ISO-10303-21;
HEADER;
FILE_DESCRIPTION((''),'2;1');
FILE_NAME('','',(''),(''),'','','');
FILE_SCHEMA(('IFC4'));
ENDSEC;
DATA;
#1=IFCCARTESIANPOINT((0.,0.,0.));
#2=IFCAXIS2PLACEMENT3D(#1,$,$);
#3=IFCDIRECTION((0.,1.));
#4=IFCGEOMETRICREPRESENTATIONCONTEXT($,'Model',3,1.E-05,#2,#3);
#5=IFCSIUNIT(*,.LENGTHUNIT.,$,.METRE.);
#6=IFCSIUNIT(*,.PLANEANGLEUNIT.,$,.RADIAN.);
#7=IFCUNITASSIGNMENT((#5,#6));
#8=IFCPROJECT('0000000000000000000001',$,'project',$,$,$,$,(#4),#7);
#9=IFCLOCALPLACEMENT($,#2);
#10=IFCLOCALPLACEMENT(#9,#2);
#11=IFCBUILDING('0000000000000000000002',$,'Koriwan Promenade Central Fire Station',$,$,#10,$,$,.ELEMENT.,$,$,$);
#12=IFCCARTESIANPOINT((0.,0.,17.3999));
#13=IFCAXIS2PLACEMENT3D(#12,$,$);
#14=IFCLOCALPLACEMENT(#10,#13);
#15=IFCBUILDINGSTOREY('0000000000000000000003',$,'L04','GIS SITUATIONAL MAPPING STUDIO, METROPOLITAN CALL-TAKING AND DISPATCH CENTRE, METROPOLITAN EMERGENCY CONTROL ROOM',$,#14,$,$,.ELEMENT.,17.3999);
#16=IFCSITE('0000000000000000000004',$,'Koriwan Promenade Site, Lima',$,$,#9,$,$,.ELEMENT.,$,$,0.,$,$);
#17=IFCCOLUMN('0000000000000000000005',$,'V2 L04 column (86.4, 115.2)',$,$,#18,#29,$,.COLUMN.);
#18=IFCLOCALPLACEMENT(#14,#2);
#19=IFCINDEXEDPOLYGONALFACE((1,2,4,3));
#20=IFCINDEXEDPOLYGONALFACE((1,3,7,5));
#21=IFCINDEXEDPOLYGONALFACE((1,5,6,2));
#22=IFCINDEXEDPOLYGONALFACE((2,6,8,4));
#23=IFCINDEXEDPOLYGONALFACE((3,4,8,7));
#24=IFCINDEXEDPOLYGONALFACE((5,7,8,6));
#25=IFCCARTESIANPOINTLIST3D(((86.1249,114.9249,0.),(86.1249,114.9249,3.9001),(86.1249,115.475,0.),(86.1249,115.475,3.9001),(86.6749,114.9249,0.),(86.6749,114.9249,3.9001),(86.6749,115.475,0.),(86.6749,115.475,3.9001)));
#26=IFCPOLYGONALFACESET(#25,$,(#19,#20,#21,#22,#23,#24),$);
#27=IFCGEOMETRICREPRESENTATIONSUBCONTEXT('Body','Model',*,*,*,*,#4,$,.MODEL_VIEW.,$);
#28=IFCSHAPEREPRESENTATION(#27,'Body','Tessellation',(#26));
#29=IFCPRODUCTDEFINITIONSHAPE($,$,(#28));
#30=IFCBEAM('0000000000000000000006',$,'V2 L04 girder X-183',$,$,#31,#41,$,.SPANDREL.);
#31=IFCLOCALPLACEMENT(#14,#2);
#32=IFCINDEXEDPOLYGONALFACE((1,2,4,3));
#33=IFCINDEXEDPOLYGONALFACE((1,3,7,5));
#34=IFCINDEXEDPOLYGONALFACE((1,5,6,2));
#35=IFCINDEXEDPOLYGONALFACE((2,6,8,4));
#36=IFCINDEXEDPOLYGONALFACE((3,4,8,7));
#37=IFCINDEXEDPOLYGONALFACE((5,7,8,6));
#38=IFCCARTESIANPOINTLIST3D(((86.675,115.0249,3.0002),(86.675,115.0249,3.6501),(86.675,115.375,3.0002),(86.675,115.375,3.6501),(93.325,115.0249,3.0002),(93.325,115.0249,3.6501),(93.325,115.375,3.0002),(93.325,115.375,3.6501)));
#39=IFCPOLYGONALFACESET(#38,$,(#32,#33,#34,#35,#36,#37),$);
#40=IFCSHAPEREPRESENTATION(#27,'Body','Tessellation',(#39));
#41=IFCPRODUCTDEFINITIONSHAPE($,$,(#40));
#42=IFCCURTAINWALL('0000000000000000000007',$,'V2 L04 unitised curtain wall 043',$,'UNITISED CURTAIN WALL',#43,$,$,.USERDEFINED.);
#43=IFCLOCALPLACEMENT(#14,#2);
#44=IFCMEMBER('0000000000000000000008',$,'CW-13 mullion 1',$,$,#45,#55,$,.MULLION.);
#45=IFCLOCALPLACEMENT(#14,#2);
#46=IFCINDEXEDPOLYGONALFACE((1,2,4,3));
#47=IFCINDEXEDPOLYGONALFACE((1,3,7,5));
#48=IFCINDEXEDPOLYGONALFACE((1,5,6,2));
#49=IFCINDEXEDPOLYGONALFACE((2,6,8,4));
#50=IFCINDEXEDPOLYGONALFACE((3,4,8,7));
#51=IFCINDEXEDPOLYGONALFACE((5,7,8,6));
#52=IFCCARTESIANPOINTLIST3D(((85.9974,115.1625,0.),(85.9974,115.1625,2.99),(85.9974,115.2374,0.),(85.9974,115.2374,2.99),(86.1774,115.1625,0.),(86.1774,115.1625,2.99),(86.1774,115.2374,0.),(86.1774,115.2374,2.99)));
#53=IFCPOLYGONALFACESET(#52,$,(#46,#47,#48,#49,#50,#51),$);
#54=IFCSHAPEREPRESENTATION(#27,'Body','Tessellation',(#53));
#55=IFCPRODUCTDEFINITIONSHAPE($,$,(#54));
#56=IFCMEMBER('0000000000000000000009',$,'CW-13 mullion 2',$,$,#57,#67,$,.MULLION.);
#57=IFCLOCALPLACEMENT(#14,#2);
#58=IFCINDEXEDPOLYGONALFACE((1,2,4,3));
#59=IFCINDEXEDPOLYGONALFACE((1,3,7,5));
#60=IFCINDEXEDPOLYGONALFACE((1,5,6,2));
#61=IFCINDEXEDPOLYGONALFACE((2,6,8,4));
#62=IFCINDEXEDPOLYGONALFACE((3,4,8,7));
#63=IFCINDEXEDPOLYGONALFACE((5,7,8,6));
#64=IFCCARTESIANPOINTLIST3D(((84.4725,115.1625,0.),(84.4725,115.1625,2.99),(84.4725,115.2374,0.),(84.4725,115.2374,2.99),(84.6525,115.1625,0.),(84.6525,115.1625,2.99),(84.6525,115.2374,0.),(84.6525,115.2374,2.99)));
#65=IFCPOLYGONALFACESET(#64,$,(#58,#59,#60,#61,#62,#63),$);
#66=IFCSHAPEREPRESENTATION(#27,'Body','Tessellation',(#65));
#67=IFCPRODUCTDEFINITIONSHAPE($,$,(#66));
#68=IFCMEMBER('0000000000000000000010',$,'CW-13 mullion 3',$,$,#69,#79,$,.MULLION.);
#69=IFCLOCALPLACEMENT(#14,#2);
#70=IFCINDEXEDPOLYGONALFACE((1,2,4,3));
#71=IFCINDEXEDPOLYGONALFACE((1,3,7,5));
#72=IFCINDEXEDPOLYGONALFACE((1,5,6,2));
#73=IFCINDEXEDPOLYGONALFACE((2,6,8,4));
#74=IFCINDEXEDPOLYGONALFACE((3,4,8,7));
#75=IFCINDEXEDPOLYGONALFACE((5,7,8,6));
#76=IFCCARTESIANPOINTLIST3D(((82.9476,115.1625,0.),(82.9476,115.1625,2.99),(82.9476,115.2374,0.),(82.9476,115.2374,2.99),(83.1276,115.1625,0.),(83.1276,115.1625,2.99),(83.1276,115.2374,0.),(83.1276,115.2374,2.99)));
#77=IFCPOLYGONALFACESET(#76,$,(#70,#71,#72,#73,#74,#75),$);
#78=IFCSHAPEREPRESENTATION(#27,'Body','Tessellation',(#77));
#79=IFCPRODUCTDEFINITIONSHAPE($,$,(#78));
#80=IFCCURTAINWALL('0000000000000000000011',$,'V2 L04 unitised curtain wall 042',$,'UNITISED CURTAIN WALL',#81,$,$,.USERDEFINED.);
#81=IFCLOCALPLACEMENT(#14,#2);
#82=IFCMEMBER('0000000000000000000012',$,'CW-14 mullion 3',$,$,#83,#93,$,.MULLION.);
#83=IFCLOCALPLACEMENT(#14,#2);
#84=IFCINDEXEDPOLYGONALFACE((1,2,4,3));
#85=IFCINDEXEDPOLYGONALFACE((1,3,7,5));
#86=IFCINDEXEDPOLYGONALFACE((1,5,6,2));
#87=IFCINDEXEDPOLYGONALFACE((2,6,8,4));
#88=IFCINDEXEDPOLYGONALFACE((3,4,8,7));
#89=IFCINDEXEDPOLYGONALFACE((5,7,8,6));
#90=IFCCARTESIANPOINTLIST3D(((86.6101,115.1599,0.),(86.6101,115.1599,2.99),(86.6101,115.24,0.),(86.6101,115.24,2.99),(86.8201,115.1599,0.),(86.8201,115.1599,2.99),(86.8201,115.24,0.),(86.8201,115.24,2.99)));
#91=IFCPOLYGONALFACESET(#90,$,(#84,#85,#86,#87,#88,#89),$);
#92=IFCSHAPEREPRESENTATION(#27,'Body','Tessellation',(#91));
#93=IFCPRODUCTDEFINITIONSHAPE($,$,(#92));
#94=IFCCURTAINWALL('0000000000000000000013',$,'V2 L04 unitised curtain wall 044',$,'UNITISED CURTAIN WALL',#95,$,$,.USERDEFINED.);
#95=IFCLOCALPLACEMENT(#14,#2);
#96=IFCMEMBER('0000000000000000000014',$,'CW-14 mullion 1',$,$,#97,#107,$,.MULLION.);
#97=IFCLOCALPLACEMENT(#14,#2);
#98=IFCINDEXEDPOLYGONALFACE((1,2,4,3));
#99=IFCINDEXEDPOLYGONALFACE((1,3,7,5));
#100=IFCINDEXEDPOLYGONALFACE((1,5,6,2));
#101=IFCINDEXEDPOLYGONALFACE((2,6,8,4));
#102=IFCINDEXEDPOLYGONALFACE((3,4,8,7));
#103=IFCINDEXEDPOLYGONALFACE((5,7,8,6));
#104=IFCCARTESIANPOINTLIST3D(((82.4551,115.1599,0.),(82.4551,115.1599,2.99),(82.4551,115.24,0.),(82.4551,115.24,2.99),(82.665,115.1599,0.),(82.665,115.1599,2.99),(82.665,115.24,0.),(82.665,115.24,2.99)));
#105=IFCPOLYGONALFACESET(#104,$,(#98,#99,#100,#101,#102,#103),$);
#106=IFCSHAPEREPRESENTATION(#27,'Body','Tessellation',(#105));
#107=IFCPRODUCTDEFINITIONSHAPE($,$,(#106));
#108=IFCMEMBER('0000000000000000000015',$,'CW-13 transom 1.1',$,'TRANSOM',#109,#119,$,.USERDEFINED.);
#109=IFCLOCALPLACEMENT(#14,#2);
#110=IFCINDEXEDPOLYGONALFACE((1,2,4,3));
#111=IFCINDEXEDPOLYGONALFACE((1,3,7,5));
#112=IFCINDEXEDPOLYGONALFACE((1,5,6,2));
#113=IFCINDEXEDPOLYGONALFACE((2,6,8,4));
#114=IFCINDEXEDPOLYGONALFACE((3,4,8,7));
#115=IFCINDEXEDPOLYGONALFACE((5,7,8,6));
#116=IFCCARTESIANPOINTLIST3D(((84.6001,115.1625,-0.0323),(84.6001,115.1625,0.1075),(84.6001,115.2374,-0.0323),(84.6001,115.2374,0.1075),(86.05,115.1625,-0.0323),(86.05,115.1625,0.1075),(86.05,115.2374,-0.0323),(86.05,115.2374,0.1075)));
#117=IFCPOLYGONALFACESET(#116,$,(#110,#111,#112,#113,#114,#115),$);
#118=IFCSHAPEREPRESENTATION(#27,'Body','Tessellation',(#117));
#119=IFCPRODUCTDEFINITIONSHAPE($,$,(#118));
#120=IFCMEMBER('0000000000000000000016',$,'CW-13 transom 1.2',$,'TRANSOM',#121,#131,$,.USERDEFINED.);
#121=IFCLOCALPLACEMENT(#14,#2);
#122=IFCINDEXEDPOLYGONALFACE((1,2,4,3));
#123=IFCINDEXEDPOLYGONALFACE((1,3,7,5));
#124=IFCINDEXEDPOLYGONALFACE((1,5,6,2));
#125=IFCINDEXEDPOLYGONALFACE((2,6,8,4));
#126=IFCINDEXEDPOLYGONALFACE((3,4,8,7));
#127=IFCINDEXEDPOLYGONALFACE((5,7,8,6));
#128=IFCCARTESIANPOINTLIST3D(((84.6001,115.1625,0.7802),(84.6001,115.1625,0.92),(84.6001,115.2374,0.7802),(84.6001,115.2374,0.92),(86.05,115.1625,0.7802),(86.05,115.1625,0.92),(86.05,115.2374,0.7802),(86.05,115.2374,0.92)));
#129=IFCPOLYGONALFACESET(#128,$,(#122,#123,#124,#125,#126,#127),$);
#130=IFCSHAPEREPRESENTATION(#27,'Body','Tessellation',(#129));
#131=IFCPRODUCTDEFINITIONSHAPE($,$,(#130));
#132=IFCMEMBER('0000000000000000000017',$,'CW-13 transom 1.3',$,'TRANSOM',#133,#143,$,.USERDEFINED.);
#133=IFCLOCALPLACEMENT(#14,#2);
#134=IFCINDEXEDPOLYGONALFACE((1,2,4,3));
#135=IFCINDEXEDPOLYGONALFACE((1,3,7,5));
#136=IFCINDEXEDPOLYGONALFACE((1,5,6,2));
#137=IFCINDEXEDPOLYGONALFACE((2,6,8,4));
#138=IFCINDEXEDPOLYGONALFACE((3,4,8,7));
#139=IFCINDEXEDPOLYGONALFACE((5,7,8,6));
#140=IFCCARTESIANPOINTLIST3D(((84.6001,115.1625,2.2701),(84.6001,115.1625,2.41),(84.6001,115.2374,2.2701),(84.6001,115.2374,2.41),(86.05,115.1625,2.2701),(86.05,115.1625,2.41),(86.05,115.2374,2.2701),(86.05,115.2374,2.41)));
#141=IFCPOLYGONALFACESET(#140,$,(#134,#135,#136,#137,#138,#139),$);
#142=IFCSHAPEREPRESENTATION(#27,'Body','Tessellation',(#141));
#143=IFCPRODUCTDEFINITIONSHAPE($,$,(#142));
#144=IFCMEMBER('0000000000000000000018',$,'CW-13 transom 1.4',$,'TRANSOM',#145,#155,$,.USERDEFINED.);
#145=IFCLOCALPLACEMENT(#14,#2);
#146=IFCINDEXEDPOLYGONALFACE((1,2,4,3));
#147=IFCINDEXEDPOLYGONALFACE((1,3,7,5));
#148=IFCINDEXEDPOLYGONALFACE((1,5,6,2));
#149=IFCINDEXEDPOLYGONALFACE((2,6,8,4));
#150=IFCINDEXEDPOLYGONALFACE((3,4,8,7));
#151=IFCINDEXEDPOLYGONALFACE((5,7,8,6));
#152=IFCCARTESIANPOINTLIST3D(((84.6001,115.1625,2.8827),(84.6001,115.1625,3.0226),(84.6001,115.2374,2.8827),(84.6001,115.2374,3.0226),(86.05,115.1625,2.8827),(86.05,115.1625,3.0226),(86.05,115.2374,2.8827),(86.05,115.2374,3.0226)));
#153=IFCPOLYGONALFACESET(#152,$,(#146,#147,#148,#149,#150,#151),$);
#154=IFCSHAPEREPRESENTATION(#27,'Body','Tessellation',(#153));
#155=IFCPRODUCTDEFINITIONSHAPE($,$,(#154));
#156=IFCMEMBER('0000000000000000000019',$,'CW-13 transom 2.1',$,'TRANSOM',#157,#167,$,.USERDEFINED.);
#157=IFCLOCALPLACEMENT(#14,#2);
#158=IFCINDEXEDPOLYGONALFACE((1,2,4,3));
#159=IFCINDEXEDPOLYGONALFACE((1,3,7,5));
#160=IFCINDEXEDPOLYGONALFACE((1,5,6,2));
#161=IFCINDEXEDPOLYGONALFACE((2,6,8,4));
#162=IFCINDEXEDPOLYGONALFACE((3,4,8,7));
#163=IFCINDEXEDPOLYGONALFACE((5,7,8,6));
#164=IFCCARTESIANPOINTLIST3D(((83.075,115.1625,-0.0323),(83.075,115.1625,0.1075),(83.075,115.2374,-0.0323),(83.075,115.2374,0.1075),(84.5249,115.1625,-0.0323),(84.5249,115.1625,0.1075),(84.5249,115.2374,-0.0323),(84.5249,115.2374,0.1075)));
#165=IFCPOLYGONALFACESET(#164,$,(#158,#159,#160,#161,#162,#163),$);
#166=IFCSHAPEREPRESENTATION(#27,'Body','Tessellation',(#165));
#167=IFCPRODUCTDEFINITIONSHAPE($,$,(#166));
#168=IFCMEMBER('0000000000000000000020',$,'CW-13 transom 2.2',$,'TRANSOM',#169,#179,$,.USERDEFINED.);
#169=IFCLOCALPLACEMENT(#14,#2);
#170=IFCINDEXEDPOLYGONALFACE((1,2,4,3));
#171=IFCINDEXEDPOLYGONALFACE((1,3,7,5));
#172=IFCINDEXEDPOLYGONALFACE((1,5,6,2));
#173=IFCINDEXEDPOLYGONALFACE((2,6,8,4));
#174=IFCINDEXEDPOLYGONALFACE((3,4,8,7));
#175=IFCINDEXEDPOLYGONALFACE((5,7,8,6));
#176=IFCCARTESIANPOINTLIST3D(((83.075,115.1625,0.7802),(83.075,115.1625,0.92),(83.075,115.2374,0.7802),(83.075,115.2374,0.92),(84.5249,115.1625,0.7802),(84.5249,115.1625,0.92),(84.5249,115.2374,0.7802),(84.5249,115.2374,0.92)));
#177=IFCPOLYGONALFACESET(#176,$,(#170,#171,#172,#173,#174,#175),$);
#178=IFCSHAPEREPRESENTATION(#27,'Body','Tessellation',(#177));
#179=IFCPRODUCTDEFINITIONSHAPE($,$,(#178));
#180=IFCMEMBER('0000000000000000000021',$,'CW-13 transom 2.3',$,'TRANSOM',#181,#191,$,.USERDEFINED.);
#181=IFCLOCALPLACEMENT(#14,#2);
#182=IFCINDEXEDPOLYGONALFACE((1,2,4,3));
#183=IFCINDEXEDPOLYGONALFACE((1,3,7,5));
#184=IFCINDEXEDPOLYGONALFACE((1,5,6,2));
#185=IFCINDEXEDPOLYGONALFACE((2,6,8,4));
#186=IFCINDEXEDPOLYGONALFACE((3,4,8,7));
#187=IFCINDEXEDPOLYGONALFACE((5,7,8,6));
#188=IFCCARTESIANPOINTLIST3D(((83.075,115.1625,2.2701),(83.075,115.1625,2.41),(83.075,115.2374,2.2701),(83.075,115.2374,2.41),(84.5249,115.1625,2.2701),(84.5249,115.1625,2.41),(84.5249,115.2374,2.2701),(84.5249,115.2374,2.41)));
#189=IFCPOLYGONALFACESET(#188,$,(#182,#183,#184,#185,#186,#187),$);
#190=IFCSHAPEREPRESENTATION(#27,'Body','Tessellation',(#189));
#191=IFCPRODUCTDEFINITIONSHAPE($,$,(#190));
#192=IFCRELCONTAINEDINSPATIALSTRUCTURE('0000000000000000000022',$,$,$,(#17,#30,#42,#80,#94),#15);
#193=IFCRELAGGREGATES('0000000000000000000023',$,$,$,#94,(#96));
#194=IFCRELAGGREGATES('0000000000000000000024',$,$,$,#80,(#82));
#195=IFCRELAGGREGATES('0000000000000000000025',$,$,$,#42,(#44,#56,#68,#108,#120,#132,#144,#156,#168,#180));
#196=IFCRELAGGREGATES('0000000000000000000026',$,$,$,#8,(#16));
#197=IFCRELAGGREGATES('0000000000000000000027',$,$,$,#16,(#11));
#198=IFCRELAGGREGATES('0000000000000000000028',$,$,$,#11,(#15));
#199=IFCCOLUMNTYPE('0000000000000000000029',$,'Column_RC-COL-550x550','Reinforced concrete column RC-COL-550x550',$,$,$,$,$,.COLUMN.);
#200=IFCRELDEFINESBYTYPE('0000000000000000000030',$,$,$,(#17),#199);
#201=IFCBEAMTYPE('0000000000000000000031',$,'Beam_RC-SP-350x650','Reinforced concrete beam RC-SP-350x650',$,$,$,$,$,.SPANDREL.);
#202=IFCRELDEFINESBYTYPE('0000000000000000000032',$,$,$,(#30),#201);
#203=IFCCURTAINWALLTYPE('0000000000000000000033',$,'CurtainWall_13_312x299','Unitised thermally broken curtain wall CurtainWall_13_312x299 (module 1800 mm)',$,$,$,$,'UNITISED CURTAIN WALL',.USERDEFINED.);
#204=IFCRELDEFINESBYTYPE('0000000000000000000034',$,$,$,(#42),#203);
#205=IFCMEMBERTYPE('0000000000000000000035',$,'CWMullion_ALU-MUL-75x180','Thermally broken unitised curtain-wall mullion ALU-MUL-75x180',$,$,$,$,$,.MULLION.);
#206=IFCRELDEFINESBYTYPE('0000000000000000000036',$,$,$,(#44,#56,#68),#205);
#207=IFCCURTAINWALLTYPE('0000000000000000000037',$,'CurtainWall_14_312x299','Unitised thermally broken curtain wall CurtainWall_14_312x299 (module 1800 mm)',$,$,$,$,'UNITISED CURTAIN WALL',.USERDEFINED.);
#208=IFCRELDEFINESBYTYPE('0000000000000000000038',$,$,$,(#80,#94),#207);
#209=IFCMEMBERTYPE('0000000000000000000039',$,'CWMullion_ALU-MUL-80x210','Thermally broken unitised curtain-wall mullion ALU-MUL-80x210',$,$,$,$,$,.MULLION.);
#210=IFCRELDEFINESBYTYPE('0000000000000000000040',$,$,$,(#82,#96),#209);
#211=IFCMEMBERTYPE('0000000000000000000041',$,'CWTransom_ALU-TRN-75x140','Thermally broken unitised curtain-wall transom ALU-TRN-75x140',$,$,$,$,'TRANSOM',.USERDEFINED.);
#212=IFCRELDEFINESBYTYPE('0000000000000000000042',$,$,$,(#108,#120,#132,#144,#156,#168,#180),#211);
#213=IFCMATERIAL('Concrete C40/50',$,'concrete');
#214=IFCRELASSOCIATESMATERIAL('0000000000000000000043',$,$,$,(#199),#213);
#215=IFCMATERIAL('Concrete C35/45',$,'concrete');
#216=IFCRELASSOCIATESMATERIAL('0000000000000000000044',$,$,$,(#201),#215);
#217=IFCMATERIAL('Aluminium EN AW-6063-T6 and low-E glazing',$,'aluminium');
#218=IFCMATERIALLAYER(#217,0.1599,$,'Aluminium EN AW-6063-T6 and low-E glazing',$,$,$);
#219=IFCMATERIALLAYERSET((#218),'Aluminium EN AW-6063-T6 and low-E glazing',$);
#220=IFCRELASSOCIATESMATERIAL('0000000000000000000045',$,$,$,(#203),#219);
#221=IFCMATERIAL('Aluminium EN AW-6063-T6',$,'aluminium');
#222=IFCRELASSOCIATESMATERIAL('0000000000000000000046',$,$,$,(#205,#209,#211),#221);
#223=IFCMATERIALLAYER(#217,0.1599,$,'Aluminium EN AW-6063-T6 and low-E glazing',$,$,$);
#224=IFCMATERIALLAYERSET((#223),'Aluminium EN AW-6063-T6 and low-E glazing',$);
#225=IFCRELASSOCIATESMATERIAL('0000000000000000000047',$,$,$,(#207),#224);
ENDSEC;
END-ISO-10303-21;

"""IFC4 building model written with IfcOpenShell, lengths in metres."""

from ifc_helpers import new_model, si_unit, direction, frame, origin, origin_2d, place, context, subcontext, project, spatial, rectangle, extrude, material, layer, layer_set, material_profile, profile_set, type_object, element, aggregate, save


model = new_model("IFC4")

# Units and contexts
model_context = context("Model", 3, precision=1e-05, world=origin(), true_north=direction((0.0, 1.0)))
body_context = subcontext(model_context, "Body", "Model", "MODEL_VIEW")
ifc_project = project(units=[si_unit("LENGTHUNIT", "METRE"), si_unit("PLANEANGLEUNIT", "RADIAN")], contexts=[model_context])

# Site, building, storey
site_placement = place(None, origin())
site = spatial("IfcSite", under=ifc_project, at=site_placement, Name="Koriwan Promenade Site, Lima", CompositionType="ELEMENT", RefElevation=0.0)
building_placement = place(site_placement, origin())
building = spatial("IfcBuilding", under=site, at=building_placement, Name="Koriwan Promenade Central Fire Station", CompositionType="ELEMENT")
storey_placement = place(building_placement, frame((0.0, 0.0, 17.3999)))
storey = spatial("IfcBuildingStorey", under=building, at=storey_placement, Name="L04", Description="GIS SITUATIONAL MAPPING STUDIO, METROPOLITAN CALL-TAKING AND DISPATCH CENTRE, METROPOLITAN EMERGENCY CONTROL ROOM", CompositionType="ELEMENT", Elevation=17.3999)

# Column
ifc_material_1 = material(Name="Concrete C40/50", Category="concrete")
ifc_material_profile_1 = material_profile(ifc_material_1, rectangle(XDim=0.55, YDim=0.55, at=origin_2d()), Name="RC-COL-550x550")
ifc_profile_set_1 = profile_set([ifc_material_profile_1], Name="Concrete C40/50")
column_type = type_object("IfcColumnType", Name="Column_RC-COL-550x550", Description="Reinforced concrete column RC-COL-550x550", PredefinedType="COLUMN", material=ifc_profile_set_1)
column_placement = place(storey_placement, frame((86.3999, 115.2, 0.0), z_axis=(0.0, 0.0, 1.0), x_axis=(1.0, 0.0, 0.0)))
element("IfcColumn", 1, at=column_placement, inside=storey, type_object=column_type, Name="V2 L04 column (86.4, 115.2)", PredefinedType="COLUMN", context=body_context, shape_type="SweptSolid", body=[
    extrude(rectangle(XDim=0.55, YDim=0.55, at=origin_2d()), origin(), (0.0, 0.0, 1.0), 3.9001),
])

# Beam
ifc_material_2 = material(Name="Concrete C35/45", Category="concrete")
ifc_material_profile_2 = material_profile(ifc_material_2, rectangle(XDim=0.3501, YDim=0.6499, at=origin_2d()), Name="RC-SP-350x650")
ifc_profile_set_2 = profile_set([ifc_material_profile_2], Name="Concrete C35/45")
beam_type = type_object("IfcBeamType", Name="Beam_RC-SP-350x650", Description="Reinforced concrete beam RC-SP-350x650", PredefinedType="SPANDREL", material=ifc_profile_set_2)
beam_placement = place(storey_placement, frame((86.675, 115.2, 3.3252), z_axis=(1.0, 0.0, 0.0), x_axis=(0.0, 1.0, 0.0)))
element("IfcBeam", 2, at=beam_placement, inside=storey, type_object=beam_type, Name="V2 L04 girder X-183", PredefinedType="SPANDREL", context=body_context, shape_type="SweptSolid", body=[
    extrude(rectangle(XDim=0.3501, YDim=0.6499, at=origin_2d()), origin(), (0.0, 0.0, 1.0), 6.6499),
])

# Curtain wall, members
ifc_material_3 = material(Name="Aluminium EN AW-6063-T6 and low-E glazing", Category="aluminium")
ifc_layer_1 = layer(ifc_material_3, 0.1599, Name="Aluminium EN AW-6063-T6 and low-E glazing")
ifc_layer_set_1 = layer_set([ifc_layer_1], Name="Aluminium EN AW-6063-T6 and low-E glazing")
curtain_wall_type_1 = type_object("IfcCurtainWallType", Name="CurtainWall_13_312x299", Description="Unitised thermally broken curtain wall CurtainWall_13_312x299 (module 1800 mm)", ElementType="UNITISED CURTAIN WALL", PredefinedType="USERDEFINED", material=ifc_layer_set_1)
curtain_wall_1_placement = place(storey_placement, origin())
curtain_wall_1 = element("IfcCurtainWall", 3, at=curtain_wall_1_placement, inside=storey, type_object=curtain_wall_type_1, Name="V2 L04 unitised curtain wall 043", ObjectType="UNITISED CURTAIN WALL", PredefinedType="USERDEFINED")
ifc_material_4 = material(Name="Aluminium EN AW-6063-T6", Category="aluminium")
ifc_material_profile_3 = material_profile(ifc_material_4, rectangle(XDim=0.075, YDim=0.1799, at=origin_2d()), Name="ALU-MUL-75x180")
ifc_profile_set_3 = profile_set([ifc_material_profile_3], Name="Aluminium EN AW-6063-T6")
member_type_1 = type_object("IfcMemberType", Name="CWMullion_ALU-MUL-75x180", Description="Thermally broken unitised curtain-wall mullion ALU-MUL-75x180", PredefinedType="MULLION", material=ifc_profile_set_3)
member_1_placement = place(storey_placement, frame((86.0874, 115.2, 0.0), z_axis=(0.0, 0.0, 1.0), x_axis=(0.0, -1.0, 0.0)))
member_1 = element("IfcMember", 4, at=member_1_placement, type_object=member_type_1, Name="CW-13 mullion 1", PredefinedType="MULLION", context=body_context, shape_type="SweptSolid", body=[
    extrude(rectangle(XDim=0.075, YDim=0.1799, at=origin_2d()), origin(), (0.0, 0.0, 1.0), 2.99),
])
member_2_placement = place(storey_placement, frame((84.5625, 115.2, 0.0), z_axis=(0.0, 0.0, 1.0), x_axis=(0.0, -1.0, 0.0)))
member_2 = element("IfcMember", 5, at=member_2_placement, type_object=member_type_1, Name="CW-13 mullion 2", PredefinedType="MULLION", context=body_context, shape_type="SweptSolid", body=[
    extrude(rectangle(XDim=0.075, YDim=0.1799, at=origin_2d()), origin(), (0.0, 0.0, 1.0), 2.99),
])
member_3_placement = place(storey_placement, frame((83.0376, 115.2, 0.0), z_axis=(0.0, 0.0, 1.0), x_axis=(0.0, -1.0, 0.0)))
member_3 = element("IfcMember", 6, at=member_3_placement, type_object=member_type_1, Name="CW-13 mullion 3", PredefinedType="MULLION", context=body_context, shape_type="SweptSolid", body=[
    extrude(rectangle(XDim=0.075, YDim=0.1799, at=origin_2d()), origin(), (0.0, 0.0, 1.0), 2.99),
])

# Curtain walls, members
ifc_layer_2 = layer(ifc_material_3, 0.1599, Name="Aluminium EN AW-6063-T6 and low-E glazing")
ifc_layer_set_2 = layer_set([ifc_layer_2], Name="Aluminium EN AW-6063-T6 and low-E glazing")
curtain_wall_type_2 = type_object("IfcCurtainWallType", Name="CurtainWall_14_312x299", Description="Unitised thermally broken curtain wall CurtainWall_14_312x299 (module 1800 mm)", ElementType="UNITISED CURTAIN WALL", PredefinedType="USERDEFINED", material=ifc_layer_set_2)
curtain_wall_2_placement = place(storey_placement, origin())
curtain_wall_2 = element("IfcCurtainWall", 7, at=curtain_wall_2_placement, inside=storey, type_object=curtain_wall_type_2, Name="V2 L04 unitised curtain wall 042", ObjectType="UNITISED CURTAIN WALL", PredefinedType="USERDEFINED")
ifc_material_profile_4 = material_profile(ifc_material_4, rectangle(XDim=0.0801, YDim=0.21, at=origin_2d()), Name="ALU-MUL-80x210")
ifc_profile_set_4 = profile_set([ifc_material_profile_4], Name="Aluminium EN AW-6063-T6")
member_type_2 = type_object("IfcMemberType", Name="CWMullion_ALU-MUL-80x210", Description="Thermally broken unitised curtain-wall mullion ALU-MUL-80x210", PredefinedType="MULLION", material=ifc_profile_set_4)
member_4_placement = place(storey_placement, frame((86.7151, 115.2, 0.0), z_axis=(0.0, 0.0, 1.0), x_axis=(0.0, -1.0, 0.0)))
member_4 = element("IfcMember", 8, at=member_4_placement, type_object=member_type_2, Name="CW-14 mullion 3", PredefinedType="MULLION", context=body_context, shape_type="SweptSolid", body=[
    extrude(rectangle(XDim=0.0801, YDim=0.21, at=origin_2d()), origin(), (0.0, 0.0, 1.0), 2.99),
])
curtain_wall_3_placement = place(storey_placement, origin())
curtain_wall_3 = element("IfcCurtainWall", 9, at=curtain_wall_3_placement, inside=storey, type_object=curtain_wall_type_2, Name="V2 L04 unitised curtain wall 044", ObjectType="UNITISED CURTAIN WALL", PredefinedType="USERDEFINED")
member_5_placement = place(storey_placement, frame((82.5601, 115.2, 0.0), z_axis=(0.0, 0.0, 1.0), x_axis=(0.0, -1.0, 0.0)))
member_5 = element("IfcMember", 10, at=member_5_placement, type_object=member_type_2, Name="CW-14 mullion 1", PredefinedType="MULLION", context=body_context, shape_type="SweptSolid", body=[
    extrude(rectangle(XDim=0.0801, YDim=0.21, at=origin_2d()), origin(), (0.0, 0.0, 1.0), 2.99),
])

# Members
ifc_material_profile_5 = material_profile(ifc_material_4, rectangle(XDim=0.075, YDim=0.1399, at=origin_2d()), Name="ALU-TRN-75x140")
ifc_profile_set_5 = profile_set([ifc_material_profile_5], Name="Aluminium EN AW-6063-T6")
member_type_3 = type_object("IfcMemberType", Name="CWTransom_ALU-TRN-75x140", Description="Thermally broken unitised curtain-wall transom ALU-TRN-75x140", ElementType="TRANSOM", PredefinedType="USERDEFINED", material=ifc_profile_set_5)
member_6_placement = place(storey_placement, frame((86.05, 115.2, 0.0376), z_axis=(-1.0, 0.0, 0.0), x_axis=(0.0, -1.0, 0.0)))
member_6 = element("IfcMember", 11, at=member_6_placement, type_object=member_type_3, Name="CW-13 transom 1.1", ObjectType="TRANSOM", PredefinedType="USERDEFINED", context=body_context, shape_type="SweptSolid", body=[
    extrude(rectangle(XDim=0.075, YDim=0.1399, at=origin_2d()), origin(), (0.0, 0.0, 1.0), 1.45),
])
member_7_placement = place(storey_placement, frame((86.05, 115.2, 0.8501), z_axis=(-1.0, 0.0, 0.0), x_axis=(0.0, -1.0, 0.0)))
member_7 = element("IfcMember", 12, at=member_7_placement, type_object=member_type_3, Name="CW-13 transom 1.2", ObjectType="TRANSOM", PredefinedType="USERDEFINED", context=body_context, shape_type="SweptSolid", body=[
    extrude(rectangle(XDim=0.075, YDim=0.1399, at=origin_2d()), origin(), (0.0, 0.0, 1.0), 1.45),
])
member_8_placement = place(storey_placement, frame((86.05, 115.2, 2.3401), z_axis=(-1.0, 0.0, 0.0), x_axis=(0.0, -1.0, 0.0)))
member_8 = element("IfcMember", 13, at=member_8_placement, type_object=member_type_3, Name="CW-13 transom 1.3", ObjectType="TRANSOM", PredefinedType="USERDEFINED", context=body_context, shape_type="SweptSolid", body=[
    extrude(rectangle(XDim=0.075, YDim=0.1399, at=origin_2d()), origin(), (0.0, 0.0, 1.0), 1.45),
])
member_9_placement = place(storey_placement, frame((86.05, 115.2, 2.9526), z_axis=(-1.0, 0.0, 0.0), x_axis=(0.0, -1.0, 0.0)))
member_9 = element("IfcMember", 14, at=member_9_placement, type_object=member_type_3, Name="CW-13 transom 1.4", ObjectType="TRANSOM", PredefinedType="USERDEFINED", context=body_context, shape_type="SweptSolid", body=[
    extrude(rectangle(XDim=0.075, YDim=0.1399, at=origin_2d()), origin(), (0.0, 0.0, 1.0), 1.45),
])
member_10_placement = place(storey_placement, frame((84.5249, 115.2, 0.0376), z_axis=(-1.0, 0.0, 0.0), x_axis=(0.0, -1.0, 0.0)))
member_10 = element("IfcMember", 15, at=member_10_placement, type_object=member_type_3, Name="CW-13 transom 2.1", ObjectType="TRANSOM", PredefinedType="USERDEFINED", context=body_context, shape_type="SweptSolid", body=[
    extrude(rectangle(XDim=0.075, YDim=0.1399, at=origin_2d()), origin(), (0.0, 0.0, 1.0), 1.45),
])
member_11_placement = place(storey_placement, frame((84.5249, 115.2, 0.8501), z_axis=(-1.0, 0.0, 0.0), x_axis=(0.0, -1.0, 0.0)))
member_11 = element("IfcMember", 16, at=member_11_placement, type_object=member_type_3, Name="CW-13 transom 2.2", ObjectType="TRANSOM", PredefinedType="USERDEFINED", context=body_context, shape_type="SweptSolid", body=[
    extrude(rectangle(XDim=0.075, YDim=0.1399, at=origin_2d()), origin(), (0.0, 0.0, 1.0), 1.45),
])
member_12_placement = place(storey_placement, frame((84.5249, 115.2, 2.3401), z_axis=(-1.0, 0.0, 0.0), x_axis=(0.0, -1.0, 0.0)))
member_12 = element("IfcMember", 17, at=member_12_placement, type_object=member_type_3, Name="CW-13 transom 2.3", ObjectType="TRANSOM", PredefinedType="USERDEFINED", context=body_context, shape_type="SweptSolid", body=[
    extrude(rectangle(XDim=0.075, YDim=0.1399, at=origin_2d()), origin(), (0.0, 0.0, 1.0), 1.45),
])
aggregate(curtain_wall_3, [member_5])

aggregate(curtain_wall_2, [member_4])
aggregate(curtain_wall_1, [member_1, member_2, member_3, member_6, member_7, member_8, member_9, member_10, member_11, member_12])

save(model, "model.ifc")
